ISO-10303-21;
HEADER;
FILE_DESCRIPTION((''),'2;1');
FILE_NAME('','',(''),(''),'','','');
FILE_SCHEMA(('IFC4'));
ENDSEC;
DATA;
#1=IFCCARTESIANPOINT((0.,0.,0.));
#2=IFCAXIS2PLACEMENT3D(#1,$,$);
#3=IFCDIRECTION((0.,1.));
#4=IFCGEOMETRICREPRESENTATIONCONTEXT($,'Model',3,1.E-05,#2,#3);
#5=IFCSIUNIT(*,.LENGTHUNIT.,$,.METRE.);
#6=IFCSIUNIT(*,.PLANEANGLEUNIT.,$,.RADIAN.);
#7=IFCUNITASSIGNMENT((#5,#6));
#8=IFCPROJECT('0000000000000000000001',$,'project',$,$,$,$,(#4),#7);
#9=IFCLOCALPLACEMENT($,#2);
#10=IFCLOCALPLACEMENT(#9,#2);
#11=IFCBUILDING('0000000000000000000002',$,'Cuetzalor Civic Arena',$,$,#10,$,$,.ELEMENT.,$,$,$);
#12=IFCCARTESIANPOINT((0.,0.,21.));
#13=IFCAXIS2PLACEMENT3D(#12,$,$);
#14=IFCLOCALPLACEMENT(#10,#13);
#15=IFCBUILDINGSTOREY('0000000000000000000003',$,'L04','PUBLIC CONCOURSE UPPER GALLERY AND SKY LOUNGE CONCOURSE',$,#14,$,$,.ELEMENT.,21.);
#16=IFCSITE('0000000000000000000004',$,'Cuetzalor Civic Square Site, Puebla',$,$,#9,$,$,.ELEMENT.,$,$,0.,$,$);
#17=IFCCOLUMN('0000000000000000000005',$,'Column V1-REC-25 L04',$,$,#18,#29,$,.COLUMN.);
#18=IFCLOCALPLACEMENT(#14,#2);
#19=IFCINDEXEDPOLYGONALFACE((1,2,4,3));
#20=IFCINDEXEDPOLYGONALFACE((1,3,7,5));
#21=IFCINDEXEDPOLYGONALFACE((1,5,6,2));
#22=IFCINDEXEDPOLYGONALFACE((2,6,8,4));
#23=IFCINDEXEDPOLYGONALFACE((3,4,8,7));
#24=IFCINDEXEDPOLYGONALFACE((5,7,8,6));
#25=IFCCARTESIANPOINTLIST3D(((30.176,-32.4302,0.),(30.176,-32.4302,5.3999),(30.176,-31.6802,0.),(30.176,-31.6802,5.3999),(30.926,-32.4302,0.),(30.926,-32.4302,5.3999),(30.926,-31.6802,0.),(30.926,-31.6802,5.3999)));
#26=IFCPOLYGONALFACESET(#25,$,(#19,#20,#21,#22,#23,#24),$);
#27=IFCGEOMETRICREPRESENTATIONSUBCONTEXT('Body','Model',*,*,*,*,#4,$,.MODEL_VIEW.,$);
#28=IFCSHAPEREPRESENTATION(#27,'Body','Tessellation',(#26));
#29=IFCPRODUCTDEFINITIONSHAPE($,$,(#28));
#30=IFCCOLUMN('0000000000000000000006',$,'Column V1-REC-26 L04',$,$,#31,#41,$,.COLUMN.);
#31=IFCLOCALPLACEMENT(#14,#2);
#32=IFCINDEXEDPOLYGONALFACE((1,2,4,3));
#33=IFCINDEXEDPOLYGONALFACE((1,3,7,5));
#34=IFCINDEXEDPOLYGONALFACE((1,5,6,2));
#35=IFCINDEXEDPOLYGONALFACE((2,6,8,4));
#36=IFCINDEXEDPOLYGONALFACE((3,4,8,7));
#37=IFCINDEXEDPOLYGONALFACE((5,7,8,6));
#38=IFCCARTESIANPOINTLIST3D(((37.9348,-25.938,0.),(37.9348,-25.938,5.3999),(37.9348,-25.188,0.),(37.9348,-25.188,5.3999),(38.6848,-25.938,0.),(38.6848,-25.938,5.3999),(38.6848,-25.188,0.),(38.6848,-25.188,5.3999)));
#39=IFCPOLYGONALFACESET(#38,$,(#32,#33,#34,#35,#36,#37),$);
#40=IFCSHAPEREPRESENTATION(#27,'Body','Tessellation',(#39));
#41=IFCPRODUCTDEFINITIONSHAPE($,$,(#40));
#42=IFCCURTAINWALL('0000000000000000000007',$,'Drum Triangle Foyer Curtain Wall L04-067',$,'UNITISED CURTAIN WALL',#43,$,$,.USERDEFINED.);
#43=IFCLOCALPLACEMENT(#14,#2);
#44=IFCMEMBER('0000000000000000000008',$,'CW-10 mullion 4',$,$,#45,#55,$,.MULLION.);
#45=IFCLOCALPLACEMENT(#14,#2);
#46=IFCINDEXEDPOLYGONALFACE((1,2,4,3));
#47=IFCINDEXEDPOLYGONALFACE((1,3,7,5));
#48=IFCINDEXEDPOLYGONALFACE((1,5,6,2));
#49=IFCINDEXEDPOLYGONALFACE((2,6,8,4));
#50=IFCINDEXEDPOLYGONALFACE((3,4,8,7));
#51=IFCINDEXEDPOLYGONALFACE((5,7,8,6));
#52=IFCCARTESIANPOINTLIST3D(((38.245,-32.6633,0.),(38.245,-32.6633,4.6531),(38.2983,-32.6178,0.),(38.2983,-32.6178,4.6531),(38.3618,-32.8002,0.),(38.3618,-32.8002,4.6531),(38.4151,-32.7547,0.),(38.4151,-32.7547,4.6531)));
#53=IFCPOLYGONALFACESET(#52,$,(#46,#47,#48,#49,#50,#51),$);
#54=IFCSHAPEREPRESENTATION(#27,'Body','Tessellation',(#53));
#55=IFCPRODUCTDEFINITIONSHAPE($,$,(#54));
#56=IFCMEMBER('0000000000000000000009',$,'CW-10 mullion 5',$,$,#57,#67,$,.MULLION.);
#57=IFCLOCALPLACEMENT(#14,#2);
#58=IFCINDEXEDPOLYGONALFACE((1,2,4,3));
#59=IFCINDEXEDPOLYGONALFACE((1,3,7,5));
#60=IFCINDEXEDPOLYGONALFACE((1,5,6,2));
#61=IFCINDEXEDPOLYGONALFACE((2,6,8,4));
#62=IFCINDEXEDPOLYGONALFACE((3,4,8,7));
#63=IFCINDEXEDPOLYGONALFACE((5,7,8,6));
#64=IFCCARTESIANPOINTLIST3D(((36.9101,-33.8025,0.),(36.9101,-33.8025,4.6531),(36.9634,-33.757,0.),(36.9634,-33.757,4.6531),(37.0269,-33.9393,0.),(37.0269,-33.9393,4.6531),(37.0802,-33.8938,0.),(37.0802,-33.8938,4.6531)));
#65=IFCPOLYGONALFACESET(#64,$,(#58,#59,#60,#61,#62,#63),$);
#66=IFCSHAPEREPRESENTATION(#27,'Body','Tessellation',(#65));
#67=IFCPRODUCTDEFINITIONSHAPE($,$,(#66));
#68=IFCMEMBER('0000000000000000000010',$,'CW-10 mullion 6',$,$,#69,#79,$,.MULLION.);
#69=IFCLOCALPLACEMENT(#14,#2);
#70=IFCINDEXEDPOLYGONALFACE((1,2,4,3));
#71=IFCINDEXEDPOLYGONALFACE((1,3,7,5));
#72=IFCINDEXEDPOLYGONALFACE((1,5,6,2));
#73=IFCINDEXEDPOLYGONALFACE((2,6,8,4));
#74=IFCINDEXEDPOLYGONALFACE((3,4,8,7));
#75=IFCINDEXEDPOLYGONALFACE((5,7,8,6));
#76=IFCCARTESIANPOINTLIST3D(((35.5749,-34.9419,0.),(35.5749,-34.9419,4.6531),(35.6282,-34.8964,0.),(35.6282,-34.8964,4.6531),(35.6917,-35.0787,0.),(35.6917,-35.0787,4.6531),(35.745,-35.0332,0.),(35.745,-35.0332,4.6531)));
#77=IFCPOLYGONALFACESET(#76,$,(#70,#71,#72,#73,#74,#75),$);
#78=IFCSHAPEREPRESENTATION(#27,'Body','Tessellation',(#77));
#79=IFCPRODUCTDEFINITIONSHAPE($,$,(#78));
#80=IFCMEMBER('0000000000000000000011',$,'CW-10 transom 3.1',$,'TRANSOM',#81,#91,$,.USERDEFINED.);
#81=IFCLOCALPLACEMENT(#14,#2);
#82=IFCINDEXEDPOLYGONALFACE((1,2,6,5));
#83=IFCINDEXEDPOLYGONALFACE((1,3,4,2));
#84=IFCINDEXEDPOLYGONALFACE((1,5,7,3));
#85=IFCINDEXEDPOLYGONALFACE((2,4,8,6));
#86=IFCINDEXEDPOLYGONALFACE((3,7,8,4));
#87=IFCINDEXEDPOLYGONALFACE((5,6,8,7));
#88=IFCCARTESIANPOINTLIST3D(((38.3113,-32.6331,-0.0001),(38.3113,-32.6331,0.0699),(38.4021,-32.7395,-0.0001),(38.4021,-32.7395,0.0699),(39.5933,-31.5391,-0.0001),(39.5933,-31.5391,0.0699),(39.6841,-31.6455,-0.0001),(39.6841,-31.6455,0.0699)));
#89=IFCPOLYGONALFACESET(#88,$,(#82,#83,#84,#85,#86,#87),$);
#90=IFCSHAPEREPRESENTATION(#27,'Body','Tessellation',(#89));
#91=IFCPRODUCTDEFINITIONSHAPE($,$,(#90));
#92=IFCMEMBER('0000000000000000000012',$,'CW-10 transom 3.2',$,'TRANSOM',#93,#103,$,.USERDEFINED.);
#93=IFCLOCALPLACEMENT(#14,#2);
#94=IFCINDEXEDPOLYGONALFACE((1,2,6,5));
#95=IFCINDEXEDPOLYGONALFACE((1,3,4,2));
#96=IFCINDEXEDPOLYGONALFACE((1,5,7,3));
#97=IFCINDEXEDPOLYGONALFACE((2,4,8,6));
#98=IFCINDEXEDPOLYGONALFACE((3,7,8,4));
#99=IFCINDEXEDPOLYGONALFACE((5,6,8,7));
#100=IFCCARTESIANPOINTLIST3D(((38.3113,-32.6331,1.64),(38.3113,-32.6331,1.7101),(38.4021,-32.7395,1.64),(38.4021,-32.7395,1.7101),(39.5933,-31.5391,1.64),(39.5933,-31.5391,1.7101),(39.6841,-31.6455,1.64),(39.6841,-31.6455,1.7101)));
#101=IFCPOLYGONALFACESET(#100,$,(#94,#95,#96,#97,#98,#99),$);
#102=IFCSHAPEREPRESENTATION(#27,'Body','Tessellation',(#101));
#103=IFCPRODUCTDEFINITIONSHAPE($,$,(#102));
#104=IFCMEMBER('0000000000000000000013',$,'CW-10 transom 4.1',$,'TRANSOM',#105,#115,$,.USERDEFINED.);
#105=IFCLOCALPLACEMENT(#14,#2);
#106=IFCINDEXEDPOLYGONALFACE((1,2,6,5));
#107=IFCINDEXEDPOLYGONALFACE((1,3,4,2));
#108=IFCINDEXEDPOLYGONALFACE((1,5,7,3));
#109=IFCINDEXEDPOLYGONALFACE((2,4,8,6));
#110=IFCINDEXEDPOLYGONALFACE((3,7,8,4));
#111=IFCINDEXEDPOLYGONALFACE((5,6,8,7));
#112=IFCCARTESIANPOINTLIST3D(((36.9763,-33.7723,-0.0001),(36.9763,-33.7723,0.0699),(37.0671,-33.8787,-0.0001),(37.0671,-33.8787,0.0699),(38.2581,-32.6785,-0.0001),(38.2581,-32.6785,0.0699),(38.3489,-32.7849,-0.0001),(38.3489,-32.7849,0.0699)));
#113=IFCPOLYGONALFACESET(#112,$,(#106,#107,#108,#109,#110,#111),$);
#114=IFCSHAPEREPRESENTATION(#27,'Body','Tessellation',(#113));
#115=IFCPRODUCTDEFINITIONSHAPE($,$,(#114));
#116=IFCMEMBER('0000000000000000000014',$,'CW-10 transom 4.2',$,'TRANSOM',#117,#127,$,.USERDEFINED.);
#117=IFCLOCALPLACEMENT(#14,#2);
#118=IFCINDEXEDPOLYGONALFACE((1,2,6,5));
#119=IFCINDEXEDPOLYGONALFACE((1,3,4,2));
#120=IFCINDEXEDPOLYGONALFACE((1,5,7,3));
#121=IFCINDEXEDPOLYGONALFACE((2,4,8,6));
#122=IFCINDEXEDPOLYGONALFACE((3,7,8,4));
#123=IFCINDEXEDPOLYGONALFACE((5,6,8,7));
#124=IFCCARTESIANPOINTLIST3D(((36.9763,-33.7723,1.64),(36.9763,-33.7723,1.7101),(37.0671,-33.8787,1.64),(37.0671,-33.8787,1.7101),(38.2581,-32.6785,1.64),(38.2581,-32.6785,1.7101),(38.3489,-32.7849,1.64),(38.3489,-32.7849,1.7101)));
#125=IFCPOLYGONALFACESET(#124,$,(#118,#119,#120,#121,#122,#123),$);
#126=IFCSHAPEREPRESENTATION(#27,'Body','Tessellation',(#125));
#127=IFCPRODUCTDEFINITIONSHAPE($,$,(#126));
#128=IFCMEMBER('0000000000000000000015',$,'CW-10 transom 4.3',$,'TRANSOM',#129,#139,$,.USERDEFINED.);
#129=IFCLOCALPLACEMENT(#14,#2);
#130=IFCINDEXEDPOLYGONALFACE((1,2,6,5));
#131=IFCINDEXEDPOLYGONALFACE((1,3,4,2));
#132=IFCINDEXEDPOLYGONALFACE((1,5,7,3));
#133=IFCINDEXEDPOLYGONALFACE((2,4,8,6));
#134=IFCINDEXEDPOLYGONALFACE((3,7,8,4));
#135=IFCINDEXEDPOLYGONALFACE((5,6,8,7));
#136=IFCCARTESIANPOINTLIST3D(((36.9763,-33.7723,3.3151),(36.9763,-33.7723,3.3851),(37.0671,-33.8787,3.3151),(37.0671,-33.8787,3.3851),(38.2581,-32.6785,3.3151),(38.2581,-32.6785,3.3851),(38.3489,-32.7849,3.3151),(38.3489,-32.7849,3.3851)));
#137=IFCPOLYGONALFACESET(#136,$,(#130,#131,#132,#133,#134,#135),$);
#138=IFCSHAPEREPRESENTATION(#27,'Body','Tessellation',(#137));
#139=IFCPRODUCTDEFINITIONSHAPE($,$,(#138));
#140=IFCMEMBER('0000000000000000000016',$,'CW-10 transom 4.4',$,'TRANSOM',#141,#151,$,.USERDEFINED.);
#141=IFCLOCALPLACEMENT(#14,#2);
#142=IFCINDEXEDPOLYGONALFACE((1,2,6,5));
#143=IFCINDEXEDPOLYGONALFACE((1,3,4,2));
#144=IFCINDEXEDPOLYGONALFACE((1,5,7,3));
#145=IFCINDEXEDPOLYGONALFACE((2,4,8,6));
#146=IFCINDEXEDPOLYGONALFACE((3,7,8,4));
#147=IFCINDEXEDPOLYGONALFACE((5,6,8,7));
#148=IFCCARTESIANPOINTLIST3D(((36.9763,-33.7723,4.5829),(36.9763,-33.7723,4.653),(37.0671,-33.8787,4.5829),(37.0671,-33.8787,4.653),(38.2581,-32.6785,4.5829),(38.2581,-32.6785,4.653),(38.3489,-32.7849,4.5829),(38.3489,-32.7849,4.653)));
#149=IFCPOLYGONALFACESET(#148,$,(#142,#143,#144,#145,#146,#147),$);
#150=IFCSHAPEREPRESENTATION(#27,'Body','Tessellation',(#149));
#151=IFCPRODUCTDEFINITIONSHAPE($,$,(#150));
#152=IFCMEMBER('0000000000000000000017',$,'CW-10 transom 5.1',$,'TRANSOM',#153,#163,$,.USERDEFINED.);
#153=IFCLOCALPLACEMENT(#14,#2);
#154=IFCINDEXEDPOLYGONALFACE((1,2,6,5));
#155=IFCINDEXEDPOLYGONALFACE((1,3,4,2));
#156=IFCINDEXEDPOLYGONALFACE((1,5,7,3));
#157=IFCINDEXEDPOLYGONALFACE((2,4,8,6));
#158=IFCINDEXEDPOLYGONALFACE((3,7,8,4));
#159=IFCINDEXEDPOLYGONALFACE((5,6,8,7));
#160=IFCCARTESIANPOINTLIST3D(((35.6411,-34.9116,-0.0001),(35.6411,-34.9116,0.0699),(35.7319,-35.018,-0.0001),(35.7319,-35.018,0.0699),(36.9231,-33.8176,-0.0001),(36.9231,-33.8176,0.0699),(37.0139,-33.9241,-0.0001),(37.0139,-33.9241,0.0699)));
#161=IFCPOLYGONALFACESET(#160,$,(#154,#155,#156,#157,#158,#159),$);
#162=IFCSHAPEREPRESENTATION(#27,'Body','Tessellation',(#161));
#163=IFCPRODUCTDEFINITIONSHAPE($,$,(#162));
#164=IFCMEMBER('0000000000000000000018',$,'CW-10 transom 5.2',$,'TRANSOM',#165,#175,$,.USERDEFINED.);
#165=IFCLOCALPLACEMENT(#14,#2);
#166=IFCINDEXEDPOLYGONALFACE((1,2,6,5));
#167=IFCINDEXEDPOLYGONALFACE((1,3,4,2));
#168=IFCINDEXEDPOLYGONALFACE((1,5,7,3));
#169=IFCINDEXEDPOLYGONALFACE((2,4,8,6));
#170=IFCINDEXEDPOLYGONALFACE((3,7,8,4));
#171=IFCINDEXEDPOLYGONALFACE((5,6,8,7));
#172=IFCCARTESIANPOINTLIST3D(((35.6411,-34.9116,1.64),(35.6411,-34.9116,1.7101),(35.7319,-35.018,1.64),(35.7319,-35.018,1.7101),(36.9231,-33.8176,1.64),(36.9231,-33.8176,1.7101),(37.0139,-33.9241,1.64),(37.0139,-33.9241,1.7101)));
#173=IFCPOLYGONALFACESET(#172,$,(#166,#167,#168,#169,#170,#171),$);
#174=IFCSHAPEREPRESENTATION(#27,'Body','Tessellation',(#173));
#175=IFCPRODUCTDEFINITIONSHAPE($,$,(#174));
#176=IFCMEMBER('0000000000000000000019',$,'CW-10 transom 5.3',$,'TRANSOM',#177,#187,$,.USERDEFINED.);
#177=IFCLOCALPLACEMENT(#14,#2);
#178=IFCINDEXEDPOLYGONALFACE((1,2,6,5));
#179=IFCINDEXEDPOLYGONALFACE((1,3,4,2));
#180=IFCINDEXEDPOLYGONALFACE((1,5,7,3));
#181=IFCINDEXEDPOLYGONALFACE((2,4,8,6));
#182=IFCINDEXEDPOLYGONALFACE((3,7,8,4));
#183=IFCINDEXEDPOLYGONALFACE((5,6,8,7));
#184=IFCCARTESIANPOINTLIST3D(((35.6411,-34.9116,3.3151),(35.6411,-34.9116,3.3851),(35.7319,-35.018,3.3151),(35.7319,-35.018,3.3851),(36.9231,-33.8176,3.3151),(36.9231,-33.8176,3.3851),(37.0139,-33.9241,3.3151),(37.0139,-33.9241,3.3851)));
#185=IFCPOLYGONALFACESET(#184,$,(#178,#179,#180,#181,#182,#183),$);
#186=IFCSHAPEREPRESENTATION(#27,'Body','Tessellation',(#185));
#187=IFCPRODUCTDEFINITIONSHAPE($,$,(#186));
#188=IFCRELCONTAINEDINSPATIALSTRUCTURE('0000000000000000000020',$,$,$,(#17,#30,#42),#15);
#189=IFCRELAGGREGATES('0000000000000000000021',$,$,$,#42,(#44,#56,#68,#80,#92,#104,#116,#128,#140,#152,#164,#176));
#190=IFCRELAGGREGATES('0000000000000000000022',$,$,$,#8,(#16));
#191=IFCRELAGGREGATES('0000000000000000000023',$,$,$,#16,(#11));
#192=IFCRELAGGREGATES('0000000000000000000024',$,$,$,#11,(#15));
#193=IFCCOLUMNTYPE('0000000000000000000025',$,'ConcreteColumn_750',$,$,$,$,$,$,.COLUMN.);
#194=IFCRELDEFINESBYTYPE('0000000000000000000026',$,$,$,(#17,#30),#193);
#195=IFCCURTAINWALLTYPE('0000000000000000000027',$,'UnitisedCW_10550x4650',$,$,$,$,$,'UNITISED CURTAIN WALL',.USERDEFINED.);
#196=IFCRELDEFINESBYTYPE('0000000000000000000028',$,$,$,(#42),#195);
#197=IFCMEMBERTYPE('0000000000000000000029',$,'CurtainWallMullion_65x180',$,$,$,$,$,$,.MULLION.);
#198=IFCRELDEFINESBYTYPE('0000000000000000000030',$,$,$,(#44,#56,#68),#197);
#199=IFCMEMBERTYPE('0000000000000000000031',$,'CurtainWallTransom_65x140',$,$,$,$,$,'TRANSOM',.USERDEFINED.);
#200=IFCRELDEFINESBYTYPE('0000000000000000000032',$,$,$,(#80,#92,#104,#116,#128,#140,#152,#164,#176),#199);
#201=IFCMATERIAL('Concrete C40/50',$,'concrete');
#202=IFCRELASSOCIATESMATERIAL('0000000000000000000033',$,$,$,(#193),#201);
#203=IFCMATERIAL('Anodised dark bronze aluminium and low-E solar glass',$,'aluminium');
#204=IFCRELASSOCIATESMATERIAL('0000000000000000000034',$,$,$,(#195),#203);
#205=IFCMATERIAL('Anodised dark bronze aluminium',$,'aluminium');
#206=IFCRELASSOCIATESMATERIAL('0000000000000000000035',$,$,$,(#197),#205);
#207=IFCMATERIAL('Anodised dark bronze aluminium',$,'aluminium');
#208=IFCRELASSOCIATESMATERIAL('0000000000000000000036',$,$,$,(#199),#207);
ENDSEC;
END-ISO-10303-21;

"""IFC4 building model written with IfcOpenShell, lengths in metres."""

from ifc_helpers import new_model, si_unit, direction, frame, origin, origin_2d, place, context, subcontext, project, spatial, rectangle, extrude, material, material_profile, profile_set, type_object, element, aggregate, save


model = new_model("IFC4")

# Units and contexts
model_context = context("Model", 3, precision=1e-05, world=origin(), true_north=direction((0.0, 1.0)))
body_context = subcontext(model_context, "Body", "Model", "MODEL_VIEW")
ifc_project = project(units=[si_unit("LENGTHUNIT", "METRE"), si_unit("PLANEANGLEUNIT", "RADIAN")], contexts=[model_context])

# Site, building, storey
site_placement = place(None, origin())
site = spatial("IfcSite", under=ifc_project, at=site_placement, Name="Cuetzalor Civic Square Site, Puebla", CompositionType="ELEMENT", RefElevation=0.0)
building_placement = place(site_placement, origin())
building = spatial("IfcBuilding", under=site, at=building_placement, Name="Cuetzalor Civic Arena", CompositionType="ELEMENT")
storey_placement = place(building_placement, frame((0.0, 0.0, 21.0)))
storey = spatial("IfcBuildingStorey", under=building, at=storey_placement, Name="L04", Description="PUBLIC CONCOURSE UPPER GALLERY AND SKY LOUNGE CONCOURSE", CompositionType="ELEMENT", Elevation=21.0)

# Columns
ifc_material_1 = material(Name="Concrete C40/50", Category="concrete")
ifc_material_profile_1 = material_profile(ifc_material_1, rectangle(XDim=0.75, YDim=0.75, at=origin_2d()), Name="RC 750x750")
ifc_profile_set_1 = profile_set([ifc_material_profile_1], Name="Concrete C40/50")
column_type = type_object("IfcColumnType", Name="ConcreteColumn_750", PredefinedType="COLUMN", material=ifc_profile_set_1)
for number, where, z_axis, x_axis, name in (
    (1, (30.551, -32.0552, 0.0), (0.0, 0.0, 1.0), (1.0, 0.0, 0.0), "Column V1-REC-25 L04"),
    (2, (38.3098, -25.563, 0.0), (0.0, 0.0, 1.0), (1.0, 0.0, 0.0), "Column V1-REC-26 L04"),
):
    element("IfcColumn", number, at=place(storey_placement, frame(where, z_axis=z_axis, x_axis=x_axis)), inside=storey, type_object=column_type, Name=name, PredefinedType="COLUMN", context=body_context, shape_type="SweptSolid", body=[
        extrude(rectangle(XDim=0.75, YDim=0.75, at=origin_2d()), origin(), (0.0, 0.0, 1.0), 5.3999),
    ])

# Curtain wall, members
ifc_material_2 = material(Name="Anodised dark bronze aluminium and low-E solar glass", Category="aluminium")
curtain_wall_type = type_object("IfcCurtainWallType", Name="UnitisedCW_10550x4650", ElementType="UNITISED CURTAIN WALL", PredefinedType="USERDEFINED", material=ifc_material_2)
curtain_wall_placement = place(storey_placement, origin())
curtain_wall = element("IfcCurtainWall", 3, at=curtain_wall_placement, inside=storey, type_object=curtain_wall_type, Name="Drum Triangle Foyer Curtain Wall L04-067", ObjectType="UNITISED CURTAIN WALL", PredefinedType="USERDEFINED")
ifc_material_3 = material(Name="Anodised dark bronze aluminium", Category="aluminium")
ifc_material_profile_2 = material_profile(ifc_material_3, rectangle(XDim=0.0701, YDim=0.1799, at=origin_2d()), Name="ALU MULLION 70x180")
ifc_profile_set_2 = profile_set([ifc_material_profile_2], Name="Anodised dark bronze aluminium")
member_type_1 = type_object("IfcMemberType", Name="CurtainWallMullion_65x180", PredefinedType="MULLION", material=ifc_profile_set_2)
member_1_placement = place(storey_placement, frame((38.3301, -32.709, 0.0), z_axis=(0.0, 0.0, 1.0), x_axis=(-0.760677, -0.64913, 0.0)))
member_1 = element("IfcMember", 4, at=member_1_placement, type_object=member_type_1, Name="CW-10 mullion 4", PredefinedType="MULLION", context=body_context, shape_type="SweptSolid", body=[
    extrude(rectangle(XDim=0.0701, YDim=0.1799, at=origin_2d()), origin(), (0.0, 0.0, 1.0), 4.6531),
])
member_2_placement = place(storey_placement, frame((36.9951, -33.8481, 0.0), z_axis=(0.0, 0.0, 1.0), x_axis=(-0.760677, -0.64913, 0.0)))
member_2 = element("IfcMember", 5, at=member_2_placement, type_object=member_type_1, Name="CW-10 mullion 5", PredefinedType="MULLION", context=body_context, shape_type="SweptSolid", body=[
    extrude(rectangle(XDim=0.0701, YDim=0.1799, at=origin_2d()), origin(), (0.0, 0.0, 1.0), 4.6531),
])
member_3_placement = place(storey_placement, frame((35.6599, -34.9875, 0.0), z_axis=(0.0, 0.0, 1.0), x_axis=(-0.760677, -0.64913, 0.0)))
member_3 = element("IfcMember", 6, at=member_3_placement, type_object=member_type_1, Name="CW-10 mullion 6", PredefinedType="MULLION", context=body_context, shape_type="SweptSolid", body=[
    extrude(rectangle(XDim=0.0701, YDim=0.1799, at=origin_2d()), origin(), (0.0, 0.0, 1.0), 4.6531),
])
ifc_material_4 = material(Name="Anodised dark bronze aluminium", Category="aluminium")
ifc_material_profile_3 = material_profile(ifc_material_4, rectangle(XDim=0.1399, YDim=0.0701, at=origin_2d()), Name="ALU TRANSOM 70x140")
ifc_profile_set_3 = profile_set([ifc_material_profile_3], Name="Anodised dark bronze aluminium")
member_type_2 = type_object("IfcMemberType", Name="CurtainWallTransom_65x140", ElementType="TRANSOM", PredefinedType="USERDEFINED", material=ifc_profile_set_3)
member_4_placement = place(storey_placement, frame((39.6387, -31.5923, 0.0349), z_axis=(-0.760676, -0.649132, 0.0), x_axis=(0.649132, -0.760676, 0.0)))
member_4 = element("IfcMember", 7, at=member_4_placement, type_object=member_type_2, Name="CW-10 transom 3.1", ObjectType="TRANSOM", PredefinedType="USERDEFINED", context=body_context, shape_type="SweptSolid", body=[
    extrude(rectangle(XDim=0.1399, YDim=0.0701, at=origin_2d()), origin(), (0.0, 0.0, 1.0), 1.6853),
])
member_5_placement = place(storey_placement, frame((39.6387, -31.5923, 1.675), z_axis=(-0.760676, -0.649132, 0.0), x_axis=(0.649132, -0.760676, 0.0)))
member_5 = element("IfcMember", 8, at=member_5_placement, type_object=member_type_2, Name="CW-10 transom 3.2", ObjectType="TRANSOM", PredefinedType="USERDEFINED", context=body_context, shape_type="SweptSolid", body=[
    extrude(rectangle(XDim=0.1399, YDim=0.0701, at=origin_2d()), origin(), (0.0, 0.0, 1.0), 1.6853),
])
member_6_placement = place(storey_placement, frame((38.3035, -32.7317, 0.0349), z_axis=(-0.760687, -0.649119, 0.0), x_axis=(0.649119, -0.760687, 0.0)))
member_6 = element("IfcMember", 9, at=member_6_placement, type_object=member_type_2, Name="CW-10 transom 4.1", ObjectType="TRANSOM", PredefinedType="USERDEFINED", context=body_context, shape_type="SweptSolid", body=[
    extrude(rectangle(XDim=0.1399, YDim=0.0701, at=origin_2d()), origin(), (0.0, 0.0, 1.0), 1.6851),
])
member_7_placement = place(storey_placement, frame((38.3035, -32.7317, 1.675), z_axis=(-0.760687, -0.649119, 0.0), x_axis=(0.649119, -0.760687, 0.0)))
member_7 = element("IfcMember", 10, at=member_7_placement, type_object=member_type_2, Name="CW-10 transom 4.2", ObjectType="TRANSOM", PredefinedType="USERDEFINED", context=body_context, shape_type="SweptSolid", body=[
    extrude(rectangle(XDim=0.1399, YDim=0.0701, at=origin_2d()), origin(), (0.0, 0.0, 1.0), 1.6851),
])
member_8_placement = place(storey_placement, frame((38.3035, -32.7317, 3.3501), z_axis=(-0.760687, -0.649119, 0.0), x_axis=(0.649119, -0.760687, 0.0)))
member_8 = element("IfcMember", 11, at=member_8_placement, type_object=member_type_2, Name="CW-10 transom 4.3", ObjectType="TRANSOM", PredefinedType="USERDEFINED", context=body_context, shape_type="SweptSolid", body=[
    extrude(rectangle(XDim=0.1399, YDim=0.0701, at=origin_2d()), origin(), (0.0, 0.0, 1.0), 1.6851),
])
member_9_placement = place(storey_placement, frame((38.3035, -32.7317, 4.6179), z_axis=(-0.760687, -0.649119, 0.0), x_axis=(0.649119, -0.760687, 0.0)))
member_9 = element("IfcMember", 12, at=member_9_placement, type_object=member_type_2, Name="CW-10 transom 4.4", ObjectType="TRANSOM", PredefinedType="USERDEFINED", context=body_context, shape_type="SweptSolid", body=[
    extrude(rectangle(XDim=0.1399, YDim=0.0701, at=origin_2d()), origin(), (0.0, 0.0, 1.0), 1.6851),
])
member_10_placement = place(storey_placement, frame((36.9685, -33.8708, 0.0349), z_axis=(-0.760676, -0.649132, 0.0), x_axis=(0.649132, -0.760676, 0.0)))
member_10 = element("IfcMember", 13, at=member_10_placement, type_object=member_type_2, Name="CW-10 transom 5.1", ObjectType="TRANSOM", PredefinedType="USERDEFINED", context=body_context, shape_type="SweptSolid", body=[
    extrude(rectangle(XDim=0.1399, YDim=0.0701, at=origin_2d()), origin(), (0.0, 0.0, 1.0), 1.6853),
])
member_11_placement = place(storey_placement, frame((36.9685, -33.8708, 1.675), z_axis=(-0.760676, -0.649132, 0.0), x_axis=(0.649132, -0.760676, 0.0)))
member_11 = element("IfcMember", 14, at=member_11_placement, type_object=member_type_2, Name="CW-10 transom 5.2", ObjectType="TRANSOM", PredefinedType="USERDEFINED", context=body_context, shape_type="SweptSolid", body=[
    extrude(rectangle(XDim=0.1399, YDim=0.0701, at=origin_2d()), origin(), (0.0, 0.0, 1.0), 1.6853),
])
member_12_placement = place(storey_placement, frame((36.9685, -33.8708, 3.3501), z_axis=(-0.760676, -0.649132, 0.0), x_axis=(0.649132, -0.760676, 0.0)))
member_12 = element("IfcMember", 15, at=member_12_placement, type_object=member_type_2, Name="CW-10 transom 5.3", ObjectType="TRANSOM", PredefinedType="USERDEFINED", context=body_context, shape_type="SweptSolid", body=[
    extrude(rectangle(XDim=0.1399, YDim=0.0701, at=origin_2d()), origin(), (0.0, 0.0, 1.0), 1.6853),
])

aggregate(curtain_wall, [member_1, member_2, member_3, member_4, member_5, member_6, member_7, member_8, member_9, member_10, member_11, member_12])

save(model, "model.ifc")
